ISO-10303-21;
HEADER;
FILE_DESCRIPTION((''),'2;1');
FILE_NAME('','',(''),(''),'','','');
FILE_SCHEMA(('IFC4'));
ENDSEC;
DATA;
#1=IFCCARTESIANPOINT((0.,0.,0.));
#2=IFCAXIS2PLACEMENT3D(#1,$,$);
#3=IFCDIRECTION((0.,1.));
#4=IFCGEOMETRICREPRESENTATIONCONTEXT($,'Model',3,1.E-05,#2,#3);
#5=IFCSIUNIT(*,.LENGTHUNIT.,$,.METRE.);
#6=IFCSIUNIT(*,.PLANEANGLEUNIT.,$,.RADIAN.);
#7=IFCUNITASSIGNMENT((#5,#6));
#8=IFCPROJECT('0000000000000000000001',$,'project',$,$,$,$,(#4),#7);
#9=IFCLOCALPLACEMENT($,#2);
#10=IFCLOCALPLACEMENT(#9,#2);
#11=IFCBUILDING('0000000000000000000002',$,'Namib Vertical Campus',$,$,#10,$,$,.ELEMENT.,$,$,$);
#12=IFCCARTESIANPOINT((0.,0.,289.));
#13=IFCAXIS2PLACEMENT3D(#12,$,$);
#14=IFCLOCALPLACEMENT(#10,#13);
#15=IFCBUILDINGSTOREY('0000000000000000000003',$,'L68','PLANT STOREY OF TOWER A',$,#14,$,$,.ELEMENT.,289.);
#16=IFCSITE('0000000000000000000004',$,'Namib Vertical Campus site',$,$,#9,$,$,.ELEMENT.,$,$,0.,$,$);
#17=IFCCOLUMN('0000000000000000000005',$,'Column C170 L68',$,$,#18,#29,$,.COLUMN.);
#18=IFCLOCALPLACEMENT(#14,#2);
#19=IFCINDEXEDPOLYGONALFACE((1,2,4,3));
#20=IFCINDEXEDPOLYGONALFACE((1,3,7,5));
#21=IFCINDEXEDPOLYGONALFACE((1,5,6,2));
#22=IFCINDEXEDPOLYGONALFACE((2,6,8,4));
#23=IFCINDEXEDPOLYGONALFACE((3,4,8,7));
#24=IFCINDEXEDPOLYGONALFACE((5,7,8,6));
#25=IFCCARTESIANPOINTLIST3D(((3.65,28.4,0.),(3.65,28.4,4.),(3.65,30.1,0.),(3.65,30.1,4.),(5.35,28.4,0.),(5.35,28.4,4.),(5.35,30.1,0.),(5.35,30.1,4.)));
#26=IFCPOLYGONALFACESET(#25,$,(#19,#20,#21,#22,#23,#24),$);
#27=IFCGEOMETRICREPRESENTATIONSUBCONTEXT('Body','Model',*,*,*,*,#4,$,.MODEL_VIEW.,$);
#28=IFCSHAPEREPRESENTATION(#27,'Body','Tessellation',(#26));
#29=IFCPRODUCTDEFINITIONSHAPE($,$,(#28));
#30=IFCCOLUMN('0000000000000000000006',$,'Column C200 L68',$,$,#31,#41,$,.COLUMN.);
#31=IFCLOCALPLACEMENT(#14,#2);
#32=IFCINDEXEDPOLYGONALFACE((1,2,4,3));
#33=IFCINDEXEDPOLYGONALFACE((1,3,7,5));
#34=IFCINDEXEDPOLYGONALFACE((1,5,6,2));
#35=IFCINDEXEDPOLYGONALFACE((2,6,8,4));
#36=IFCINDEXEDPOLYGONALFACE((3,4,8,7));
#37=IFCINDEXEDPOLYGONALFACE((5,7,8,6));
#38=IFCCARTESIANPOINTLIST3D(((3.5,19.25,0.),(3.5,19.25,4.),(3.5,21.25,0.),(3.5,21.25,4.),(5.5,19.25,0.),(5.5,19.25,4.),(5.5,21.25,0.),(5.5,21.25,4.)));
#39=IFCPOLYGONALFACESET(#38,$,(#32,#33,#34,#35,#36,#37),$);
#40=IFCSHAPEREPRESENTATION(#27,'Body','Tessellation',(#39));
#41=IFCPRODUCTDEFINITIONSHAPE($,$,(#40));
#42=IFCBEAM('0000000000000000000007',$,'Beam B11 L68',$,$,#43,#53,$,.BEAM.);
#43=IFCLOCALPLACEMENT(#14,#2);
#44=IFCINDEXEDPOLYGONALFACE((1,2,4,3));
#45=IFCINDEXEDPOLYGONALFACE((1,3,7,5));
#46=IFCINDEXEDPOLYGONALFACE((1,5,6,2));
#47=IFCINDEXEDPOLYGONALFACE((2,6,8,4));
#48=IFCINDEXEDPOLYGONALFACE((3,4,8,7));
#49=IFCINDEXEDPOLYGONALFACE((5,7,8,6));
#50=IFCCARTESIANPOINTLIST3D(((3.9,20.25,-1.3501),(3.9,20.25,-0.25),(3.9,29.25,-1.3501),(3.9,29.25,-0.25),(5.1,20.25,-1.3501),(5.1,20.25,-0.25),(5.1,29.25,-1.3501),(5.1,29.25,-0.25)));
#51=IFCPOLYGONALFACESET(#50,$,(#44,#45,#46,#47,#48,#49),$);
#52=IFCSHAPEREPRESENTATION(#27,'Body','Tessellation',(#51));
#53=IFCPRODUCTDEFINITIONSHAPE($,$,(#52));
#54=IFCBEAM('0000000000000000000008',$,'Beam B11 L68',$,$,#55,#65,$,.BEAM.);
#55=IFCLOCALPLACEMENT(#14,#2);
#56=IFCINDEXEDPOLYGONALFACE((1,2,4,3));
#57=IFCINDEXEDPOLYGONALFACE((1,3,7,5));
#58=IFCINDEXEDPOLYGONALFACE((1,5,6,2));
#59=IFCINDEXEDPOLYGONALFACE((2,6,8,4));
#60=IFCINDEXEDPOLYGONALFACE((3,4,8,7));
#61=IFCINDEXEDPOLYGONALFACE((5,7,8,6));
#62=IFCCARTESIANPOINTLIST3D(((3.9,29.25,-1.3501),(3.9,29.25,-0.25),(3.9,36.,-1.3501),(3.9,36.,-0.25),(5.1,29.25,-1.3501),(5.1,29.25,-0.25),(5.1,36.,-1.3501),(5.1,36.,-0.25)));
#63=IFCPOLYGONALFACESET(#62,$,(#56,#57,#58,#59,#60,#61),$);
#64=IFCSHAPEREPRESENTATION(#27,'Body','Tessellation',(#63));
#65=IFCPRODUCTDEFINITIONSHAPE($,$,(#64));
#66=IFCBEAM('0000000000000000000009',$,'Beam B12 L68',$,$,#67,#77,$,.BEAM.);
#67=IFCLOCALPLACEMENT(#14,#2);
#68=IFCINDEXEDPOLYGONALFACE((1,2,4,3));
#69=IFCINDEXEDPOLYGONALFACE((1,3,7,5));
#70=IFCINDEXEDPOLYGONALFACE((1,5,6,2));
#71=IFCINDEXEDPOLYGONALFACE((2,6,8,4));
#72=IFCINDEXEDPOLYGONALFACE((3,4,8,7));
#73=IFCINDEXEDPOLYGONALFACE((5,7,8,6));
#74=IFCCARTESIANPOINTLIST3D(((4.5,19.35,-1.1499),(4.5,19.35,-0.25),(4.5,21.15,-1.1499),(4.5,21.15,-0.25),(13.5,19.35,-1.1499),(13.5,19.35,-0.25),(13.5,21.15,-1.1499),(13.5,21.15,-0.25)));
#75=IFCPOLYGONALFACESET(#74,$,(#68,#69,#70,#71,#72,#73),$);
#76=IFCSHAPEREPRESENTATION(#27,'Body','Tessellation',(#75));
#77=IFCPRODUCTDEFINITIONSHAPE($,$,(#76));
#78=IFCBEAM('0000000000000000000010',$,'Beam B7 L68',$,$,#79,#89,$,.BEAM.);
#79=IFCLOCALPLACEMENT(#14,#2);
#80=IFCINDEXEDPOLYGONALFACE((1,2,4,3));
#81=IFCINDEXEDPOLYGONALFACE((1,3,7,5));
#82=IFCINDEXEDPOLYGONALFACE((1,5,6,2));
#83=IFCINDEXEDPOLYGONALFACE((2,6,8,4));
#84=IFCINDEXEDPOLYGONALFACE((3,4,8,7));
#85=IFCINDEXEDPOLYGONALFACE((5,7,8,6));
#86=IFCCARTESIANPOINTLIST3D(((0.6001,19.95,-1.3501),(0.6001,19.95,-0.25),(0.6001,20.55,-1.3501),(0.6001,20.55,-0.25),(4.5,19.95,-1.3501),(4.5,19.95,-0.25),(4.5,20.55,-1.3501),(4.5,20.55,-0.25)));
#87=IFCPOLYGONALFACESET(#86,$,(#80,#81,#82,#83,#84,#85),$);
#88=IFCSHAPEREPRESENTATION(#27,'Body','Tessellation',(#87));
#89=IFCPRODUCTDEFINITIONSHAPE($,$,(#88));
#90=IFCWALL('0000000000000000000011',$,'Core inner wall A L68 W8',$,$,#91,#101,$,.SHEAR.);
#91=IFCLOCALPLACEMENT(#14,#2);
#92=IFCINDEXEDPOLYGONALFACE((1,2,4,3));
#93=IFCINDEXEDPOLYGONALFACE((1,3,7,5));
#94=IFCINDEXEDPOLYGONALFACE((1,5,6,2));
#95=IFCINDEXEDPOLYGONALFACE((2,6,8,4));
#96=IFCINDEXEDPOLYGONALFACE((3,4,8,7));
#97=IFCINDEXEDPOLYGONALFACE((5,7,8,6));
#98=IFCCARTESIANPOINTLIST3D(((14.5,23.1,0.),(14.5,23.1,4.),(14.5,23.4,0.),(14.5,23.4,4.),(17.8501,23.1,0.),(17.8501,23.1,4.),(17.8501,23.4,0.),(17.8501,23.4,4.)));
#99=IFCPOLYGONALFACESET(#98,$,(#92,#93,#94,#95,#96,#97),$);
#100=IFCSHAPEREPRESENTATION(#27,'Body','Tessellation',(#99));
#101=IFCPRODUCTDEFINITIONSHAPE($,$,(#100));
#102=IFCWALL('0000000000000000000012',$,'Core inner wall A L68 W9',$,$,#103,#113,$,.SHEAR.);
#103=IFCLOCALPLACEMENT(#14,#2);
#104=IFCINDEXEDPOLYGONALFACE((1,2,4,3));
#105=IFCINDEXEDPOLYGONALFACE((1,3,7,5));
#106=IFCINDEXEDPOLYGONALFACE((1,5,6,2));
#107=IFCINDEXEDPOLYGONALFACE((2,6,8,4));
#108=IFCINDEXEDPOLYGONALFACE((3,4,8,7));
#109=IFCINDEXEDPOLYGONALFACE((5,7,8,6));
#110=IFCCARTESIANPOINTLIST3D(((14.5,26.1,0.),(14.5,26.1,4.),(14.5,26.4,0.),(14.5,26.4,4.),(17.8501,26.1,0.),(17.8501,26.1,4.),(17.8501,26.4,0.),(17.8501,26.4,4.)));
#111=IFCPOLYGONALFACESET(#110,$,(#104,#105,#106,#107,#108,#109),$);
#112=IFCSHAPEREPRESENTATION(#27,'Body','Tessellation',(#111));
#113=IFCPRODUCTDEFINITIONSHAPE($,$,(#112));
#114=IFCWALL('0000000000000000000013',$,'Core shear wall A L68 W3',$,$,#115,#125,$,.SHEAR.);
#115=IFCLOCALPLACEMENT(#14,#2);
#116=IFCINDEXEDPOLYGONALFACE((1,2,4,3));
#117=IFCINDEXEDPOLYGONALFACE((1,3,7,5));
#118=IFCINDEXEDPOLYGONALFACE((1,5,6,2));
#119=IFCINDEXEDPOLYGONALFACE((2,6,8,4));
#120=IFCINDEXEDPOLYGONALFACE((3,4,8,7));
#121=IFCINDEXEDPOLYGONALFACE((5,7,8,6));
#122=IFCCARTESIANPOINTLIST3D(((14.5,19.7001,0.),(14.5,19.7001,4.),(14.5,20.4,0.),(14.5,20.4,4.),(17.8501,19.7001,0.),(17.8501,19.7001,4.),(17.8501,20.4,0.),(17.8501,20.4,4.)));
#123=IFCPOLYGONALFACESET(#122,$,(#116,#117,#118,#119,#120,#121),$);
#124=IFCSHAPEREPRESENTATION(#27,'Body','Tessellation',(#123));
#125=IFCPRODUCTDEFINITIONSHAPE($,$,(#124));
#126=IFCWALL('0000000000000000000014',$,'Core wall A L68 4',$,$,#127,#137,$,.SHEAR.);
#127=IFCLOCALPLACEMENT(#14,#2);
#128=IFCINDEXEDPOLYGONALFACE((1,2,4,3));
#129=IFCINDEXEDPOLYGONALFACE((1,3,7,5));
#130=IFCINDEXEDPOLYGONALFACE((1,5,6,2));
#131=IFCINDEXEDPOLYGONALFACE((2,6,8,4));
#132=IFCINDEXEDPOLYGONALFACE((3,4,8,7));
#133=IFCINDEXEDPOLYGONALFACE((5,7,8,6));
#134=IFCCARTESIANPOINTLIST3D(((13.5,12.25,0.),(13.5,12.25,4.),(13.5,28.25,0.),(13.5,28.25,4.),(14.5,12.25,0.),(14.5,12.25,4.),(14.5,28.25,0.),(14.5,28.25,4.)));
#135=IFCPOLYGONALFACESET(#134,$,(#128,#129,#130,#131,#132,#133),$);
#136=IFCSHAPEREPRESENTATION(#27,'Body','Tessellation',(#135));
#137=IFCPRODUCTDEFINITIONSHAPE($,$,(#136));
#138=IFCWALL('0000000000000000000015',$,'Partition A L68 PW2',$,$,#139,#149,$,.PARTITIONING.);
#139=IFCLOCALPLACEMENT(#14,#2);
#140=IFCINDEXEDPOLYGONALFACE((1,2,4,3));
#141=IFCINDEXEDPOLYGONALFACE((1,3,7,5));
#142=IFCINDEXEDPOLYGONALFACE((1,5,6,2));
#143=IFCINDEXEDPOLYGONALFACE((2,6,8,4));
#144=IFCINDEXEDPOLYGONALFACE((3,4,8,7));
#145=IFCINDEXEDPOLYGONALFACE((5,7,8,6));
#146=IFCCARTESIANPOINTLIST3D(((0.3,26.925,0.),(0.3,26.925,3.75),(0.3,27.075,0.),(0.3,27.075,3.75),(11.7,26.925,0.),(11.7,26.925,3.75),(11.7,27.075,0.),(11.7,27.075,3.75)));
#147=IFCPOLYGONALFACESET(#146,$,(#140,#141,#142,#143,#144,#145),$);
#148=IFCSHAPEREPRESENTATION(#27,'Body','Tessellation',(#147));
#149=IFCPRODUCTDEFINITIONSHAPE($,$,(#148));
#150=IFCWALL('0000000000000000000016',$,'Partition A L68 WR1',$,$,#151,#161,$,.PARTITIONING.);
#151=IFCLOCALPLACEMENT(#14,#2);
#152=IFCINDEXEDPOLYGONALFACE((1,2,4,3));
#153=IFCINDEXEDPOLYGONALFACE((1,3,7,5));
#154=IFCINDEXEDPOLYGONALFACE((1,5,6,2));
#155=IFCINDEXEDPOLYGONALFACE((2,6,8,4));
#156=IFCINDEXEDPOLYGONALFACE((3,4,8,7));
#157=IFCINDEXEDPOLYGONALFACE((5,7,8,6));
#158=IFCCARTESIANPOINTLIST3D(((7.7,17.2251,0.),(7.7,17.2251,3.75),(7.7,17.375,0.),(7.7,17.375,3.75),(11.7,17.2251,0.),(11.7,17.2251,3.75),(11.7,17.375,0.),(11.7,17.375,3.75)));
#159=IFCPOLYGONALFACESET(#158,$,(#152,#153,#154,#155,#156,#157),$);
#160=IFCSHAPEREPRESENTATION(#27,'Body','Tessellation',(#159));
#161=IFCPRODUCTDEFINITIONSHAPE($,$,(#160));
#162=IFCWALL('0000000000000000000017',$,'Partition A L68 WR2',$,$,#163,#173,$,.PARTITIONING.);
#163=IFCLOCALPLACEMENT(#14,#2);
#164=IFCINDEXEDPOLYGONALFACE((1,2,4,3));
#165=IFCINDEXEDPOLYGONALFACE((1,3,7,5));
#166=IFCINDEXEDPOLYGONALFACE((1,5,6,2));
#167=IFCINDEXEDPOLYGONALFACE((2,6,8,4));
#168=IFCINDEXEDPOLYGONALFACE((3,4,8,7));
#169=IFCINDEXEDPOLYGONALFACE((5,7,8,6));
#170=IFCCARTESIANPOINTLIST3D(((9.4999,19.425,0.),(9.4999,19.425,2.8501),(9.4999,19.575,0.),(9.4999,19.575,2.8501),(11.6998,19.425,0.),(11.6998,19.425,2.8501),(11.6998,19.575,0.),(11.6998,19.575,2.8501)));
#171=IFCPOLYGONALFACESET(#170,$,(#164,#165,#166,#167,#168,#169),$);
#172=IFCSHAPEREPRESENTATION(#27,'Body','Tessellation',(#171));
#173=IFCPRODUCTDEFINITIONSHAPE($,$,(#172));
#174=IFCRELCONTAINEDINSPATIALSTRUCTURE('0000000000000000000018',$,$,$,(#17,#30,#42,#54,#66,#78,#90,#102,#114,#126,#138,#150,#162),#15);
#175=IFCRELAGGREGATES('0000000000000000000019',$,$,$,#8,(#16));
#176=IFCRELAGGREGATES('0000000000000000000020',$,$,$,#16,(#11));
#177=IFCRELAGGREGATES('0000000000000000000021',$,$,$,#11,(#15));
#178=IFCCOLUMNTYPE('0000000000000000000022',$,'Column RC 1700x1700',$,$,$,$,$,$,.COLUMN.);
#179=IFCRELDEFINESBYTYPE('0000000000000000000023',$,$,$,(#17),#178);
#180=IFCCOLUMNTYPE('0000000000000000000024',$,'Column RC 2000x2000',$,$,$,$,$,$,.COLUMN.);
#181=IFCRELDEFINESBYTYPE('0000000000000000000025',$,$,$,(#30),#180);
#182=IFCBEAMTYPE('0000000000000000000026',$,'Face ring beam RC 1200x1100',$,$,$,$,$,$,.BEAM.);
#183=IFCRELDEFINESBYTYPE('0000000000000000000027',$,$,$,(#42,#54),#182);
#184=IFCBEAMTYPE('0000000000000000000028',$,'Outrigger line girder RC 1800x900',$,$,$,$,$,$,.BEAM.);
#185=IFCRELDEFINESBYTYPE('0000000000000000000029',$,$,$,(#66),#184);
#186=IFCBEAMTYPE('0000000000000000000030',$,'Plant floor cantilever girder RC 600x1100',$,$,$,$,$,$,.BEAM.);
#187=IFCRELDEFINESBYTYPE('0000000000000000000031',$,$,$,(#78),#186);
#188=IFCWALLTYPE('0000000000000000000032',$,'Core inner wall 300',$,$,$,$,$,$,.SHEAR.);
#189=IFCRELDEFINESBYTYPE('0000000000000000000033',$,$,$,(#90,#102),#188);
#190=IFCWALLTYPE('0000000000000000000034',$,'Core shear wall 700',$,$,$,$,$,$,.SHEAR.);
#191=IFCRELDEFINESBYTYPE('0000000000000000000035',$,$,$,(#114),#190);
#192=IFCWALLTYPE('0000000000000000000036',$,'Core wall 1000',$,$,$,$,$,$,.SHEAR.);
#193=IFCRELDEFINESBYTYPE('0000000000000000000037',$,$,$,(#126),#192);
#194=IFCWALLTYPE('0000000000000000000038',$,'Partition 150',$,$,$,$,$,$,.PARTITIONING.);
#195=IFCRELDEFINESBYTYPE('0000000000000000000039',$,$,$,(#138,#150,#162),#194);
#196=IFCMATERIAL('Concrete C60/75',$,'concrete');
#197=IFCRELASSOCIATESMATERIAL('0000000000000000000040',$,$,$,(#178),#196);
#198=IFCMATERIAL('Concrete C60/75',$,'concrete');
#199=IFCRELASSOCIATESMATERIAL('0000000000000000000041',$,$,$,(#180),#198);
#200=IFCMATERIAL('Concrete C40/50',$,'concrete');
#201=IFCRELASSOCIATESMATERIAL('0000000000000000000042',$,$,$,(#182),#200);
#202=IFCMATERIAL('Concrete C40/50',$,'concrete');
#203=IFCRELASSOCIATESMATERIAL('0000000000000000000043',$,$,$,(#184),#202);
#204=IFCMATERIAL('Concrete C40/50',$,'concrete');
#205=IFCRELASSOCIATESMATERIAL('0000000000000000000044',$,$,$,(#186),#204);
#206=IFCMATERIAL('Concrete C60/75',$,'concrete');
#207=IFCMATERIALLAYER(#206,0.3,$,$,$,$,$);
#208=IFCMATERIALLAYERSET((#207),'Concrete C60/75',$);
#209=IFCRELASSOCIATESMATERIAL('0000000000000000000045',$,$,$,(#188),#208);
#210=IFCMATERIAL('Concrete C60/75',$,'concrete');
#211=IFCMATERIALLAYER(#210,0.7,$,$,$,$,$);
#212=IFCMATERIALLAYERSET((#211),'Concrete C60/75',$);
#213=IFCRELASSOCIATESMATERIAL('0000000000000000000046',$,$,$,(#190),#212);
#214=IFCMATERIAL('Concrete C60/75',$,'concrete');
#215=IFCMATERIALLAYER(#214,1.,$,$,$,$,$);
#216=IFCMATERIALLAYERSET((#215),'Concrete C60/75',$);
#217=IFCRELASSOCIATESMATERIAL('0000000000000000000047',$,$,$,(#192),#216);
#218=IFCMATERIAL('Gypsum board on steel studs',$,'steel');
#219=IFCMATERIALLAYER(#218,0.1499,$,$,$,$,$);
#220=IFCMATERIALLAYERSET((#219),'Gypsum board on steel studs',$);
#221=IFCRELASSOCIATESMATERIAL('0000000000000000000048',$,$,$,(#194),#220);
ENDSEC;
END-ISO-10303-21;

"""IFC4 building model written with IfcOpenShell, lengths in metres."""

from ifc_helpers import new_model, si_unit, direction, frame, frame_2d, origin, origin_2d, place, context, subcontext, project, spatial, rectangle, extrude, material, layer, layer_set, material_profile, profile_set, type_object, element, save


model = new_model("IFC4")

# Units and contexts
model_context = context("Model", 3, precision=1e-05, world=origin(), true_north=direction((0.0, 1.0)))
body_context = subcontext(model_context, "Body", "Model", "MODEL_VIEW")
ifc_project = project(units=[si_unit("LENGTHUNIT", "METRE"), si_unit("PLANEANGLEUNIT", "RADIAN")], contexts=[model_context])

# Site, building, storey
site_placement = place(None, origin())
site = spatial("IfcSite", under=ifc_project, at=site_placement, Name="Namib Vertical Campus site", CompositionType="ELEMENT", RefElevation=0.0)
building_placement = place(site_placement, origin())
building = spatial("IfcBuilding", under=site, at=building_placement, Name="Namib Vertical Campus", CompositionType="ELEMENT")
storey_placement = place(building_placement, frame((0.0, 0.0, 289.0)))
storey = spatial("IfcBuildingStorey", under=building, at=storey_placement, Name="L68", Description="PLANT STOREY OF TOWER A", CompositionType="ELEMENT", Elevation=289.0)

# Columns
ifc_material_1 = material(Name="Concrete C60/75", Category="concrete")
ifc_material_profile_1 = material_profile(ifc_material_1, rectangle(XDim=1.7, YDim=1.7, at=origin_2d()))
ifc_profile_set_1 = profile_set([ifc_material_profile_1], Name="Concrete C60/75")
column_type_1 = type_object("IfcColumnType", Name="Column RC 1700x1700", PredefinedType="COLUMN", material=ifc_profile_set_1)
column_1_placement = place(storey_placement, frame((4.5, 29.25, 0.0), z_axis=(0.0, 0.0, 1.0), x_axis=(1.0, 0.0, 0.0)))
element("IfcColumn", 1, at=column_1_placement, inside=storey, type_object=column_type_1, Name="Column C170 L68", PredefinedType="COLUMN", context=body_context, shape_type="SweptSolid", body=[
    extrude(rectangle(XDim=1.7, YDim=1.7, at=origin_2d()), origin(), (0.0, 0.0, 1.0), 4.0),
])
ifc_material_2 = material(Name="Concrete C60/75", Category="concrete")
ifc_material_profile_2 = material_profile(ifc_material_2, rectangle(XDim=2.0, YDim=2.0, at=origin_2d()))
ifc_profile_set_2 = profile_set([ifc_material_profile_2], Name="Concrete C60/75")
column_type_2 = type_object("IfcColumnType", Name="Column RC 2000x2000", PredefinedType="COLUMN", material=ifc_profile_set_2)
column_2_placement = place(storey_placement, frame((4.5, 20.25, 0.0), z_axis=(0.0, 0.0, 1.0), x_axis=(1.0, 0.0, 0.0)))
element("IfcColumn", 2, at=column_2_placement, inside=storey, type_object=column_type_2, Name="Column C200 L68", PredefinedType="COLUMN", context=body_context, shape_type="SweptSolid", body=[
    extrude(rectangle(XDim=2.0, YDim=2.0, at=origin_2d()), origin(), (0.0, 0.0, 1.0), 4.0),
])

# Beams
ifc_material_3 = material(Name="Concrete C40/50", Category="concrete")
ifc_material_profile_3 = material_profile(ifc_material_3, rectangle(XDim=1.2, YDim=1.1001, at=origin_2d()))
ifc_profile_set_3 = profile_set([ifc_material_profile_3], Name="Concrete C40/50")
beam_type_1 = type_object("IfcBeamType", Name="Face ring beam RC 1200x1100", PredefinedType="BEAM", material=ifc_profile_set_3)
beam_1_placement = place(storey_placement, frame((4.5, 20.25, -0.8), z_axis=(0.0, 1.0, 0.0), x_axis=(-1.0, 0.0, 0.0)))
element("IfcBeam", 3, at=beam_1_placement, inside=storey, type_object=beam_type_1, Name="Beam B11 L68", PredefinedType="BEAM", context=body_context, shape_type="SweptSolid", body=[
    extrude(rectangle(XDim=1.2, YDim=1.1001, at=origin_2d()), origin(), (0.0, 0.0, 1.0), 9.0),
])
beam_2_placement = place(storey_placement, frame((4.5, 29.25, -0.8), z_axis=(0.0, 1.0, 0.0), x_axis=(-1.0, 0.0, 0.0)))
element("IfcBeam", 4, at=beam_2_placement, inside=storey, type_object=beam_type_1, Name="Beam B11 L68", PredefinedType="BEAM", context=body_context, shape_type="SweptSolid", body=[
    extrude(rectangle(XDim=1.2, YDim=1.1001, at=origin_2d()), origin(), (0.0, 0.0, 1.0), 6.75),
])
ifc_material_4 = material(Name="Concrete C40/50", Category="concrete")
ifc_material_profile_4 = material_profile(ifc_material_4, rectangle(XDim=1.8, YDim=0.8999, at=origin_2d()))
ifc_profile_set_4 = profile_set([ifc_material_profile_4], Name="Concrete C40/50")
beam_type_2 = type_object("IfcBeamType", Name="Outrigger line girder RC 1800x900", PredefinedType="BEAM", material=ifc_profile_set_4)
beam_3_placement = place(storey_placement, frame((4.5, 20.25, -0.7), z_axis=(1.0, 0.0, 0.0), x_axis=(0.0, 1.0, 0.0)))
element("IfcBeam", 5, at=beam_3_placement, inside=storey, type_object=beam_type_2, Name="Beam B12 L68", PredefinedType="BEAM", context=body_context, shape_type="SweptSolid", body=[
    extrude(rectangle(XDim=1.8, YDim=0.8999, at=origin_2d()), origin(), (0.0, 0.0, 1.0), 9.0),
])
ifc_material_5 = material(Name="Concrete C40/50", Category="concrete")
ifc_material_profile_5 = material_profile(ifc_material_5, rectangle(XDim=0.6001, YDim=1.1001, at=origin_2d()))
ifc_profile_set_5 = profile_set([ifc_material_profile_5], Name="Concrete C40/50")
beam_type_3 = type_object("IfcBeamType", Name="Plant floor cantilever girder RC 600x1100", PredefinedType="BEAM", material=ifc_profile_set_5)
beam_4_placement = place(storey_placement, frame((4.5, 20.25, -0.8), z_axis=(-1.0, 0.0, 0.0), x_axis=(0.0, -1.0, 0.0)))
element("IfcBeam", 6, at=beam_4_placement, inside=storey, type_object=beam_type_3, Name="Beam B7 L68", PredefinedType="BEAM", context=body_context, shape_type="SweptSolid", body=[
    extrude(rectangle(XDim=0.6001, YDim=1.1001, at=origin_2d()), origin(), (0.0, 0.0, 1.0), 3.8999),
])

# Walls
ifc_material_6 = material(Name="Concrete C60/75", Category="concrete")
ifc_layer_1 = layer(ifc_material_6, 0.3)
ifc_layer_set_1 = layer_set([ifc_layer_1], Name="Concrete C60/75")
wall_type_1 = type_object("IfcWallType", Name="Core inner wall 300", PredefinedType="SHEAR", material=ifc_layer_set_1)
for number, where, z_axis, x_axis, name in (
    (7, (14.5, 23.25, 0.0), (0.0, 0.0, 1.0), (1.0, 0.0, 0.0), "Core inner wall A L68 W8"),
    (8, (14.5, 26.25, 0.0), (0.0, 0.0, 1.0), (1.0, 0.0, 0.0), "Core inner wall A L68 W9"),
):
    element("IfcWall", number, at=place(storey_placement, frame(where, z_axis=z_axis, x_axis=x_axis)), inside=storey, type_object=wall_type_1, Name=name, PredefinedType="SHEAR", context=body_context, shape_type="SweptSolid", body=[
        extrude(rectangle(XDim=3.3501, YDim=0.3, at=frame_2d((1.675, 0.0))), origin(), (0.0, 0.0, 1.0), 4.0),
    ])
ifc_material_7 = material(Name="Concrete C60/75", Category="concrete")
ifc_layer_2 = layer(ifc_material_7, 0.7)
ifc_layer_set_2 = layer_set([ifc_layer_2], Name="Concrete C60/75")
wall_type_2 = type_object("IfcWallType", Name="Core shear wall 700", PredefinedType="SHEAR", material=ifc_layer_set_2)
wall_1_placement = place(storey_placement, frame((14.5, 20.05, 0.0), z_axis=(0.0, 0.0, 1.0), x_axis=(1.0, 0.0, 0.0)))
element("IfcWall", 9, at=wall_1_placement, inside=storey, type_object=wall_type_2, Name="Core shear wall A L68 W3", PredefinedType="SHEAR", context=body_context, shape_type="SweptSolid", body=[
    extrude(rectangle(XDim=3.3501, YDim=0.7, at=frame_2d((1.675, 0.0))), origin(), (0.0, 0.0, 1.0), 4.0),
])
ifc_material_8 = material(Name="Concrete C60/75", Category="concrete")
ifc_layer_3 = layer(ifc_material_8, 1.0)
ifc_layer_set_3 = layer_set([ifc_layer_3], Name="Concrete C60/75")
wall_type_3 = type_object("IfcWallType", Name="Core wall 1000", PredefinedType="SHEAR", material=ifc_layer_set_3)
wall_2_placement = place(storey_placement, frame((14.0, 28.25, 0.0), z_axis=(0.0, 0.0, 1.0), x_axis=(0.0, -1.0, 0.0)))
element("IfcWall", 10, at=wall_2_placement, inside=storey, type_object=wall_type_3, Name="Core wall A L68 4", PredefinedType="SHEAR", context=body_context, shape_type="SweptSolid", body=[
    extrude(rectangle(XDim=16.0, YDim=1.0, at=frame_2d((8.0, 0.0))), origin(), (0.0, 0.0, 1.0), 4.0),
])
ifc_material_9 = material(Name="Gypsum board on steel studs", Category="steel")
ifc_layer_4 = layer(ifc_material_9, 0.1499)
ifc_layer_set_4 = layer_set([ifc_layer_4], Name="Gypsum board on steel studs")
wall_type_4 = type_object("IfcWallType", Name="Partition 150", PredefinedType="PARTITIONING", material=ifc_layer_set_4)
wall_3_placement = place(storey_placement, frame((0.3, 27.0, 0.0), z_axis=(0.0, 0.0, 1.0), x_axis=(1.0, 0.0, 0.0)))
element("IfcWall", 11, at=wall_3_placement, inside=storey, type_object=wall_type_4, Name="Partition A L68 PW2", PredefinedType="PARTITIONING", context=body_context, shape_type="SweptSolid", body=[
    extrude(rectangle(XDim=11.3999, YDim=0.1499, at=frame_2d((5.7, 0.0))), origin(), (0.0, 0.0, 1.0), 3.75),
])
wall_4_placement = place(storey_placement, frame((11.7, 17.3, 0.0), z_axis=(0.0, 0.0, 1.0), x_axis=(-1.0, 0.0, 0.0)))
element("IfcWall", 12, at=wall_4_placement, inside=storey, type_object=wall_type_4, Name="Partition A L68 WR1", PredefinedType="PARTITIONING", context=body_context, shape_type="SweptSolid", body=[
    extrude(rectangle(XDim=4.0, YDim=0.1499, at=frame_2d((2.0, 0.0))), origin(), (0.0, 0.0, 1.0), 3.75),
])
wall_5_placement = place(storey_placement, frame((11.7, 19.5, 0.0), z_axis=(0.0, 0.0, 1.0), x_axis=(-1.0, 0.0, 0.0)))
element("IfcWall", 13, at=wall_5_placement, inside=storey, type_object=wall_type_4, Name="Partition A L68 WR2", PredefinedType="PARTITIONING", context=body_context, shape_type="SweptSolid", body=[
    extrude(rectangle(XDim=2.2, YDim=0.1499, at=frame_2d((1.1001, 0.0))), origin(), (0.0, 0.0, 1.0), 2.8501),
])

save(model, "model.ifc")
